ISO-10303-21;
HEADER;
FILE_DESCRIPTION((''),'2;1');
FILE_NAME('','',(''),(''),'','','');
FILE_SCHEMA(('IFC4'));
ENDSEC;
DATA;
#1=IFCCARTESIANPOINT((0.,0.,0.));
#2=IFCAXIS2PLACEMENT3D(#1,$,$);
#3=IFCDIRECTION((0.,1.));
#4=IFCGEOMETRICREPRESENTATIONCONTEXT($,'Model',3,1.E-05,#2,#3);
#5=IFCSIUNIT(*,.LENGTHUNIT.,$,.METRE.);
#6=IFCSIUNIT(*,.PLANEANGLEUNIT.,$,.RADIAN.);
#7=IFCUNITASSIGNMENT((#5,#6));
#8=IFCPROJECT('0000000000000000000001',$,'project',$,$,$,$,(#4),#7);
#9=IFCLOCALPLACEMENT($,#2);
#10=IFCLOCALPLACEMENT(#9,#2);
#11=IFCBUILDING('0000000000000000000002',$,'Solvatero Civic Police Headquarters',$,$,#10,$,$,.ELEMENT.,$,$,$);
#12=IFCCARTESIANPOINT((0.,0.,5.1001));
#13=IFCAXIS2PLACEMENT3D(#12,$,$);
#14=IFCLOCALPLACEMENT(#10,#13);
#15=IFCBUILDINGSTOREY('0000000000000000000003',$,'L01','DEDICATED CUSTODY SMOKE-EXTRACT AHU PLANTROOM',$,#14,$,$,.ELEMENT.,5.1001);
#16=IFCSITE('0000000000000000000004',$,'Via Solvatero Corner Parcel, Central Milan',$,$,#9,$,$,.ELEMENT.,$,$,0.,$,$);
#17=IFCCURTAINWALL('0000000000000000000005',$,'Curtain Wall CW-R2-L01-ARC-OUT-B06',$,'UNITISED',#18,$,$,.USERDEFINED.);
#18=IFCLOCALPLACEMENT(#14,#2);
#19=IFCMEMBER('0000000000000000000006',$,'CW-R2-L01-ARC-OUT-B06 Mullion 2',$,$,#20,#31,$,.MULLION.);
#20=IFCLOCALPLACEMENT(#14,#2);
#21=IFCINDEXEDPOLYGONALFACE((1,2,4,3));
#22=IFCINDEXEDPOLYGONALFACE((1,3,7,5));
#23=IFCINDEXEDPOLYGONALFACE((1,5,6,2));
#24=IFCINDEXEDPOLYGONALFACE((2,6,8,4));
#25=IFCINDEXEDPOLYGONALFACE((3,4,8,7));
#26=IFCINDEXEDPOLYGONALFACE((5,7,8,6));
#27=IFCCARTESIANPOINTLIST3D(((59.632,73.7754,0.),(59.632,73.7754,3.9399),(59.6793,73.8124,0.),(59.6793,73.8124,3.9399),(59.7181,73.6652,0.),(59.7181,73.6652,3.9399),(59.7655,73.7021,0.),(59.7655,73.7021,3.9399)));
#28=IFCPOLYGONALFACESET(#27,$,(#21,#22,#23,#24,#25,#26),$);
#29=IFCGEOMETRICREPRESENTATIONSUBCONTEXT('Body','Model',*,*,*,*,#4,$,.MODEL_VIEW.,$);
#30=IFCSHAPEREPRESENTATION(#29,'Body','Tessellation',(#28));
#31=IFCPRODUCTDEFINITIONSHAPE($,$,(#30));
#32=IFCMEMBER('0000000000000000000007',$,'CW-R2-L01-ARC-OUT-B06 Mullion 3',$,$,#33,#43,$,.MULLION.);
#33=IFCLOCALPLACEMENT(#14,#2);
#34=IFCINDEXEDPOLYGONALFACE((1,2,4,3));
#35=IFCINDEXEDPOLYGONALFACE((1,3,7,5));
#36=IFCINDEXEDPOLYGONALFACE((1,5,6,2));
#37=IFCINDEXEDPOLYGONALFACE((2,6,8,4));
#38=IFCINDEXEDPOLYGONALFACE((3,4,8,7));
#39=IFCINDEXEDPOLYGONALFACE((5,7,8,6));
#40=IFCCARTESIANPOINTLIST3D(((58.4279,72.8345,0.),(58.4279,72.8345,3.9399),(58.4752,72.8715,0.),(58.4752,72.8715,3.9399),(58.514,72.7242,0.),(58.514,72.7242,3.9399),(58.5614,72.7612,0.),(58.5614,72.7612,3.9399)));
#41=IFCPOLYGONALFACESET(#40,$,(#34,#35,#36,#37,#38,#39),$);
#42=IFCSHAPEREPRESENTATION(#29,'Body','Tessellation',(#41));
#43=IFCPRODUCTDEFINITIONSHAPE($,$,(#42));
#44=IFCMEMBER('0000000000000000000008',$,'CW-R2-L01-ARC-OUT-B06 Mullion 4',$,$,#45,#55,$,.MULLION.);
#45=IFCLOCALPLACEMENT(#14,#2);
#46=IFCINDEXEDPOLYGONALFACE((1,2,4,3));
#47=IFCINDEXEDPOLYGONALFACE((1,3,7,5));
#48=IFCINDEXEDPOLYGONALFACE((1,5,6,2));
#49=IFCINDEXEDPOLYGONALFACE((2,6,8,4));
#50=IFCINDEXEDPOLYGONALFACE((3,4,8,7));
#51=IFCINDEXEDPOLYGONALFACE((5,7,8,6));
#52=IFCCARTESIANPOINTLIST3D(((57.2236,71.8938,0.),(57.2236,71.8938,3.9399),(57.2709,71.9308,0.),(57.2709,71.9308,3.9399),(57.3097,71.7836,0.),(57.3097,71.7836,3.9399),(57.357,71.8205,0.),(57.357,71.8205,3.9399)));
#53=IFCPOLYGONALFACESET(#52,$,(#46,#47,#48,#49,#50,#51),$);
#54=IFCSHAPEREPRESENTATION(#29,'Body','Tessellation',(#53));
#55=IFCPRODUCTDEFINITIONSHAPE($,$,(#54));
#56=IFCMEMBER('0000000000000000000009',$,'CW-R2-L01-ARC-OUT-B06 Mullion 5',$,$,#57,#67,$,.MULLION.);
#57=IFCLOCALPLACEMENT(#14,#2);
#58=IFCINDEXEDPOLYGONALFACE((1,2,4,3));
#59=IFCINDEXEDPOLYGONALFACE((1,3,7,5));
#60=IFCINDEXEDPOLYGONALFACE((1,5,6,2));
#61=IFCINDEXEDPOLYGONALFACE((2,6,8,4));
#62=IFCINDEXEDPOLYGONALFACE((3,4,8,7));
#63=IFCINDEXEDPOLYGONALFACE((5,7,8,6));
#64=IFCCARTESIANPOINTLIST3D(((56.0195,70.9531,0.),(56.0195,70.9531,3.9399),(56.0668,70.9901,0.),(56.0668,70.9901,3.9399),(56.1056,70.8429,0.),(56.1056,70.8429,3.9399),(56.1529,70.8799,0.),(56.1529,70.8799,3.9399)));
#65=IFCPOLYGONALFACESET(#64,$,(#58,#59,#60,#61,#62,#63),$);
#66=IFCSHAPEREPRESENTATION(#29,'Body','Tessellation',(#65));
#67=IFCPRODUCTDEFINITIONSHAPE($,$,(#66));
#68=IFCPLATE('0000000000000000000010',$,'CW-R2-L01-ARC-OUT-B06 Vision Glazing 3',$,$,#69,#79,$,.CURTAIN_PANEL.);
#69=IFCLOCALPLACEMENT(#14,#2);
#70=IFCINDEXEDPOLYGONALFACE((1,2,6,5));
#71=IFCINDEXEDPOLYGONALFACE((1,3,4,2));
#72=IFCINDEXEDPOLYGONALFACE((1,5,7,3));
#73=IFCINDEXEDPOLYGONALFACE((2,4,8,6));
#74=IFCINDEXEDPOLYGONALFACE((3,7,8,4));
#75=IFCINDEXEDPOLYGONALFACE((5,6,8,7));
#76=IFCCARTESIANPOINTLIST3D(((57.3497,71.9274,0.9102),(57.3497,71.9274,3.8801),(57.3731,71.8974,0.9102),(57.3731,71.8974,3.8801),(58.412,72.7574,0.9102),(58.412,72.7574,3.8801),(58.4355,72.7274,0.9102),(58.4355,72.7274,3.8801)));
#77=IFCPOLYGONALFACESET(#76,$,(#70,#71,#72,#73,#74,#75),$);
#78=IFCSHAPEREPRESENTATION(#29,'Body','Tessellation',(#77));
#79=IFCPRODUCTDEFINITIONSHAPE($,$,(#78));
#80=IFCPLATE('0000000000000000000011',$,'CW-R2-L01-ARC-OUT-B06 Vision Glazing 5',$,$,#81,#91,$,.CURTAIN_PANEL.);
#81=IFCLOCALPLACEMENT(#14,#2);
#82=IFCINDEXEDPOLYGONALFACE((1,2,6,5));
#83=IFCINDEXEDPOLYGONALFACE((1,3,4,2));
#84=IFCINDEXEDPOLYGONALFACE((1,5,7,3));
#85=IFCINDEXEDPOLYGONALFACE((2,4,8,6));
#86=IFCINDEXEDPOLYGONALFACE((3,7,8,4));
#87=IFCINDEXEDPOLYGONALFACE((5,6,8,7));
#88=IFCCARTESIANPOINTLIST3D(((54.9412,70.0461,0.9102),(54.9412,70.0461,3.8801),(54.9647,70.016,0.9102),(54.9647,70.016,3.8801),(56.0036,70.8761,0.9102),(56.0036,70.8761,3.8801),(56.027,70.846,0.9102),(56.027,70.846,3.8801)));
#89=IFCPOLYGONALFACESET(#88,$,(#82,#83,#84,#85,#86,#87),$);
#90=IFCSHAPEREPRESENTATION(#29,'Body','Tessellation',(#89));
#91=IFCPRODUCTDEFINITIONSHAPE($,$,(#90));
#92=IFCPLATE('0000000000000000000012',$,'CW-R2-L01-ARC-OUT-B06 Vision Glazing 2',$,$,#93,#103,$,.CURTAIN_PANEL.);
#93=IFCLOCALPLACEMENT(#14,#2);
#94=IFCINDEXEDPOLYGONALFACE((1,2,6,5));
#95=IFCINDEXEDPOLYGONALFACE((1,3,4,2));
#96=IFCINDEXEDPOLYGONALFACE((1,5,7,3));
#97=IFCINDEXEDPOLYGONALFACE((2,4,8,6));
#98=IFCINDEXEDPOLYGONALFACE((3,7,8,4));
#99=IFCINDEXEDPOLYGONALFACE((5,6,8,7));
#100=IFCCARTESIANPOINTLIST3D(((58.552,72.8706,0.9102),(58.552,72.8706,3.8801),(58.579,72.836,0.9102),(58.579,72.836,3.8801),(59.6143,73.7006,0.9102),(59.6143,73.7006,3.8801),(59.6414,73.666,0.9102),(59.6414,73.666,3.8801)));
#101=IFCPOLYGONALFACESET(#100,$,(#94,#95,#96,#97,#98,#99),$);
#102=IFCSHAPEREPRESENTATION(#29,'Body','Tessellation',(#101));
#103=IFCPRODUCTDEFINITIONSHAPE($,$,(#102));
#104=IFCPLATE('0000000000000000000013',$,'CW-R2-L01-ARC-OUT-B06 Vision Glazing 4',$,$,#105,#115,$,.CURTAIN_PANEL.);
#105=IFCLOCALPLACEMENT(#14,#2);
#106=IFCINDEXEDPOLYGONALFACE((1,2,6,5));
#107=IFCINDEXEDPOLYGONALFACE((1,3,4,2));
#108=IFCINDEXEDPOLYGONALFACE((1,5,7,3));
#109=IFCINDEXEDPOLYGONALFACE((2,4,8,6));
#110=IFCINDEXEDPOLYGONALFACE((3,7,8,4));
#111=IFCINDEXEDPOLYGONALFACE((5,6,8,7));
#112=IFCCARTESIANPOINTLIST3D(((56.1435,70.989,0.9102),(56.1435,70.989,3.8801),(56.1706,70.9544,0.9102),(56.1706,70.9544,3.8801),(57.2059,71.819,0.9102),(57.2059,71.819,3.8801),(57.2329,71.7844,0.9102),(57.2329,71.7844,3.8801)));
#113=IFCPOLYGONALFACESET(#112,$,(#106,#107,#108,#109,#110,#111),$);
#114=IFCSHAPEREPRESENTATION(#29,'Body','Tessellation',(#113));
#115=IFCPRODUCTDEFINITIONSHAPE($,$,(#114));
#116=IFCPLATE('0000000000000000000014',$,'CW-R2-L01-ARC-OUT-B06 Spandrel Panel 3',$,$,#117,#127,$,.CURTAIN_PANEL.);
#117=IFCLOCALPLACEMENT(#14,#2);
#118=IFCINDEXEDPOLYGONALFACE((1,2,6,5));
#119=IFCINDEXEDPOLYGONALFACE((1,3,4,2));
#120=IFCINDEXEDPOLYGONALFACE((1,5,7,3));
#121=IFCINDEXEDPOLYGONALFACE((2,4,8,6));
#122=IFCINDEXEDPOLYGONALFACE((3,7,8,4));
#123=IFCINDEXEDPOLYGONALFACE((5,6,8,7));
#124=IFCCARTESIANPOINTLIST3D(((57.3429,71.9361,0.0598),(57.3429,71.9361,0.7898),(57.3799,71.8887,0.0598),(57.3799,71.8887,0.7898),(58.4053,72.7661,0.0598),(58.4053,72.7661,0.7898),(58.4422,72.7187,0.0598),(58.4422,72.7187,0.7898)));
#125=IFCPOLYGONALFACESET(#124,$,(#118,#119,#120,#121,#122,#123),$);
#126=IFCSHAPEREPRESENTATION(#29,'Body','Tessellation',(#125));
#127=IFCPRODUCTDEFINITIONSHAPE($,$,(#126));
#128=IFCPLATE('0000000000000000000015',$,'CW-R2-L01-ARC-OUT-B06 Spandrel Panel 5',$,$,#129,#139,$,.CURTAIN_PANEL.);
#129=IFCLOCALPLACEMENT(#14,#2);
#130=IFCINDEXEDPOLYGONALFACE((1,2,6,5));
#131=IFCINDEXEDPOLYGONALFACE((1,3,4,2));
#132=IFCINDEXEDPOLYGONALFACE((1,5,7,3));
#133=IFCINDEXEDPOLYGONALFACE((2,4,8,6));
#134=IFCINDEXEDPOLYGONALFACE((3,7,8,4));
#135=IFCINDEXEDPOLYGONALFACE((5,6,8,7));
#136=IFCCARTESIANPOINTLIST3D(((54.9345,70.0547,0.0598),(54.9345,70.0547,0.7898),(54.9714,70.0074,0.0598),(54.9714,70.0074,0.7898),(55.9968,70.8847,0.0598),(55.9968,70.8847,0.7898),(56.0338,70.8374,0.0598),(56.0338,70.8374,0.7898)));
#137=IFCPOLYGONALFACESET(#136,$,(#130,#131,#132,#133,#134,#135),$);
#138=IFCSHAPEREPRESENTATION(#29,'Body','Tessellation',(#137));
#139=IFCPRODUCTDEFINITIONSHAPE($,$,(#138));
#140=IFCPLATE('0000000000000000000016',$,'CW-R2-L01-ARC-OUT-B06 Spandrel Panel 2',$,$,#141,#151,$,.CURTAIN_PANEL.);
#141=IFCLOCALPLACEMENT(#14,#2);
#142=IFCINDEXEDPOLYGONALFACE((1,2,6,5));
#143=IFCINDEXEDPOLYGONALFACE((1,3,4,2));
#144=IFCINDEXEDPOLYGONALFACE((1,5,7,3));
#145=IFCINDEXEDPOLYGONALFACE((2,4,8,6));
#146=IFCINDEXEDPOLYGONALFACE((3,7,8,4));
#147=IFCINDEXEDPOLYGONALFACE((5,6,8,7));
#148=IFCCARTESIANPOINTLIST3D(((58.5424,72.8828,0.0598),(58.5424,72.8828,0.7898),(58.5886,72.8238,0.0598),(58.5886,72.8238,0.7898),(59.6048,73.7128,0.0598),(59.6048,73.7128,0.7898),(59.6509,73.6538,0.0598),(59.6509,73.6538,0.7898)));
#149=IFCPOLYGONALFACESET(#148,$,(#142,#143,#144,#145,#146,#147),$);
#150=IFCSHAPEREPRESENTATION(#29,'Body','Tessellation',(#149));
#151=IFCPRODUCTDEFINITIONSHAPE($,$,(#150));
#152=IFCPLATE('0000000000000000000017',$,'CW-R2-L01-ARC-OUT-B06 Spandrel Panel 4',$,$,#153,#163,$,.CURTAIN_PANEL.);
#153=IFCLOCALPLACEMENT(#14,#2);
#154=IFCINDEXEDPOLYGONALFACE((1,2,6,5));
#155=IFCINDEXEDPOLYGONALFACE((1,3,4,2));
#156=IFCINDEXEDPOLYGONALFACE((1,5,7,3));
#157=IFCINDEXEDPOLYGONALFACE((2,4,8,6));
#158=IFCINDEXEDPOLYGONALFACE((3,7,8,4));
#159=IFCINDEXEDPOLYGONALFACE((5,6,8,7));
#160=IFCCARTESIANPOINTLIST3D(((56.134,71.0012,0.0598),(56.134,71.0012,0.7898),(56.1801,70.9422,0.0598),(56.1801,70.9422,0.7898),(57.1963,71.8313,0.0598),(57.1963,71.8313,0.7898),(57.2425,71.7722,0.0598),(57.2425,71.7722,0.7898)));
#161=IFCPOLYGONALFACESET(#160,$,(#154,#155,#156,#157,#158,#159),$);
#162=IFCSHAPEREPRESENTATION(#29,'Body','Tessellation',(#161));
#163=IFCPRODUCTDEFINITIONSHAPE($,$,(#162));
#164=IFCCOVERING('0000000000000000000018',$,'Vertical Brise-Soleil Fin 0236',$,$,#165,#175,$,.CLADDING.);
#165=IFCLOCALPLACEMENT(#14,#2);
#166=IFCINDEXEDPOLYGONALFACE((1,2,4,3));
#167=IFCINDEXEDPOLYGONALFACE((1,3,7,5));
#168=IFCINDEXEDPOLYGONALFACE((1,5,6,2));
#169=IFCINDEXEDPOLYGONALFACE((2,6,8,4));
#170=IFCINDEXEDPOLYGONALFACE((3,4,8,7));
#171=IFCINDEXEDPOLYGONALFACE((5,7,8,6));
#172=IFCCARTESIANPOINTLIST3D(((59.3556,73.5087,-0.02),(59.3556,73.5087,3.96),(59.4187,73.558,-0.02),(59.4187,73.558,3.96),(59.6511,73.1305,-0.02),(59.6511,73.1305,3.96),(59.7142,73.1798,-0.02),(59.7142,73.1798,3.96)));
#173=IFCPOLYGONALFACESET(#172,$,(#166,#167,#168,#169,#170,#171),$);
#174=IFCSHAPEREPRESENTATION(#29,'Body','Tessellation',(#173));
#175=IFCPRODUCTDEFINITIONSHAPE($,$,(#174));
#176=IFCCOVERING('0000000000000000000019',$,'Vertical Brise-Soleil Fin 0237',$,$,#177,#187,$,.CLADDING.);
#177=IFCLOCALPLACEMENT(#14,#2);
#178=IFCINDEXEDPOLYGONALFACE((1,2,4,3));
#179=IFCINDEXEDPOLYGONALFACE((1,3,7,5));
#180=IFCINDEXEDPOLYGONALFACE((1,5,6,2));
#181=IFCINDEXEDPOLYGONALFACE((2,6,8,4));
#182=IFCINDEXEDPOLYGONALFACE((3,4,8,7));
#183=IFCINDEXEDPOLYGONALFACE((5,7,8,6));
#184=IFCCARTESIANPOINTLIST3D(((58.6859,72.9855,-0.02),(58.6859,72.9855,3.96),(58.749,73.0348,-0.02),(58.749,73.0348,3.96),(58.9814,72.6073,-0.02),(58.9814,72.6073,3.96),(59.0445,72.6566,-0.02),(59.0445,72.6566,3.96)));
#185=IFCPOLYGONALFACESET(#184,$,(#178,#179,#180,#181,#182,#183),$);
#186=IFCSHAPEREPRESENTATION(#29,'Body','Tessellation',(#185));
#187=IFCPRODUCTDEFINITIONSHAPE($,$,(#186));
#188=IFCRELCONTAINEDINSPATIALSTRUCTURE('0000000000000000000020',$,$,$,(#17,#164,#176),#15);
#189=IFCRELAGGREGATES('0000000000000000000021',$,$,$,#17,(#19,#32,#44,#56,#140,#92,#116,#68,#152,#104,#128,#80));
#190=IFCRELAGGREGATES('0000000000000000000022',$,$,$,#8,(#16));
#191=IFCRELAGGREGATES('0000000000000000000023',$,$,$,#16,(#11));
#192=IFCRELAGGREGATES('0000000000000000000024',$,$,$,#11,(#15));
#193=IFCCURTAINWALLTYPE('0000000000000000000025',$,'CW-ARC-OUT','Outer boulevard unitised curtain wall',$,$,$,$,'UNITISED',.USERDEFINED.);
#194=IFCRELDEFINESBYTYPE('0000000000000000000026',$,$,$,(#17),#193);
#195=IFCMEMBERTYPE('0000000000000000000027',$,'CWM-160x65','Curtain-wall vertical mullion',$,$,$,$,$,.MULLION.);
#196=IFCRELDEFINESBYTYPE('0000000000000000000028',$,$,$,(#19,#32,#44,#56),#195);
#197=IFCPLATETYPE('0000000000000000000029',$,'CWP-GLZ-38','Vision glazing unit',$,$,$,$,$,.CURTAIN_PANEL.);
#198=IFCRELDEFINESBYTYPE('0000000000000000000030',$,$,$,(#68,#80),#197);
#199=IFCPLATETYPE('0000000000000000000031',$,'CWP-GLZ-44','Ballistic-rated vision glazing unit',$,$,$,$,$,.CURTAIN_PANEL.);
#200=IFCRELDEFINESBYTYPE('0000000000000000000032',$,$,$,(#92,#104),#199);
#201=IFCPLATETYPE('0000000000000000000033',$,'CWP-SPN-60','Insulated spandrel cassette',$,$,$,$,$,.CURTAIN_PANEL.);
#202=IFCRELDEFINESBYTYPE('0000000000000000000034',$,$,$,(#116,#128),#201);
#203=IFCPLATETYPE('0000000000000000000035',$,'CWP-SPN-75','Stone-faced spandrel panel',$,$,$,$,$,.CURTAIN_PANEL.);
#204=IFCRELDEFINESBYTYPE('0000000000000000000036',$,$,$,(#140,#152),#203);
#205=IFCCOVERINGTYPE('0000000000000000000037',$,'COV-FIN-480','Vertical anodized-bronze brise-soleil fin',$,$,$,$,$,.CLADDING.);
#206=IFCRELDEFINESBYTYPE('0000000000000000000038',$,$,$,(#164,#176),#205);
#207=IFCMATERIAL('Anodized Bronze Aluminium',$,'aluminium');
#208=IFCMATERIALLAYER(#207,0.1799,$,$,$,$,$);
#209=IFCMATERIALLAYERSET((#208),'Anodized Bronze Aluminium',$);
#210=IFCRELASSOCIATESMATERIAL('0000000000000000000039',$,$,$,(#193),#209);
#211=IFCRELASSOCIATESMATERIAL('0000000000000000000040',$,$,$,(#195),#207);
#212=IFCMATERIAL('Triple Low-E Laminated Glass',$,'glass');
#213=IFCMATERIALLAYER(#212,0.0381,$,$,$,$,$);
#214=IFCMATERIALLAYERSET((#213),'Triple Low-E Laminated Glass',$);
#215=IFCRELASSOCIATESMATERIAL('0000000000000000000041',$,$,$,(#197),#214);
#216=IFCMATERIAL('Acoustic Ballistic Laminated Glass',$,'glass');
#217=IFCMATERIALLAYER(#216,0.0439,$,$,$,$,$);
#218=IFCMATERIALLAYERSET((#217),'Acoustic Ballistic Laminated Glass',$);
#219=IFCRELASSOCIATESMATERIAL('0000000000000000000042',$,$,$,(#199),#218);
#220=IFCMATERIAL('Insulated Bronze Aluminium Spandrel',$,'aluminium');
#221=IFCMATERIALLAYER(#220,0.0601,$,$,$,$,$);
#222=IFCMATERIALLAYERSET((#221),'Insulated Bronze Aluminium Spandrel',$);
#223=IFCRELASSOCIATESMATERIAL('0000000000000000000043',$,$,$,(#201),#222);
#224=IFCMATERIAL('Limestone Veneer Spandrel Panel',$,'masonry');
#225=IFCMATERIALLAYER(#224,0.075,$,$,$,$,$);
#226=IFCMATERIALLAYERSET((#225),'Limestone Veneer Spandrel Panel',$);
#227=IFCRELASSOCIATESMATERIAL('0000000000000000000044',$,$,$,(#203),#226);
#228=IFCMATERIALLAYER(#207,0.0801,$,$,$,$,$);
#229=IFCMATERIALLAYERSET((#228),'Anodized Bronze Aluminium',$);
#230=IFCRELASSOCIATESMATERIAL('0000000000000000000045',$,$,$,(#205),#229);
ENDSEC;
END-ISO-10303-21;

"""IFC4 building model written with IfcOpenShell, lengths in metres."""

from ifc_helpers import new_model, si_unit, direction, frame, origin, origin_2d, place, context, subcontext, project, spatial, rectangle, extrude, material, layer, layer_set, material_profile, profile_set, type_object, element, aggregate, save


model = new_model("IFC4")

# Units and contexts
model_context = context("Model", 3, precision=1e-05, world=origin(), true_north=direction((0.0, 1.0)))
body_context = subcontext(model_context, "Body", "Model", "MODEL_VIEW")
ifc_project = project(units=[si_unit("LENGTHUNIT", "METRE"), si_unit("PLANEANGLEUNIT", "RADIAN")], contexts=[model_context])

# Site, building, storey
site_placement = place(None, origin())
site = spatial("IfcSite", under=ifc_project, at=site_placement, Name="Via Solvatero Corner Parcel, Central Milan", CompositionType="ELEMENT", RefElevation=0.0)
building_placement = place(site_placement, origin())
building = spatial("IfcBuilding", under=site, at=building_placement, Name="Solvatero Civic Police Headquarters", CompositionType="ELEMENT")
storey_placement = place(building_placement, frame((0.0, 0.0, 5.1001)))
storey = spatial("IfcBuildingStorey", under=building, at=storey_placement, Name="L01", Description="DEDICATED CUSTODY SMOKE-EXTRACT AHU PLANTROOM", CompositionType="ELEMENT", Elevation=5.1001)

# Curtain wall, members, plates
ifc_material_1 = material(Name="Anodized Bronze Aluminium", Category="aluminium")
ifc_layer_1 = layer(ifc_material_1, 0.1799)
ifc_layer_set_1 = layer_set([ifc_layer_1], Name="Anodized Bronze Aluminium")
curtain_wall_type = type_object("IfcCurtainWallType", Name="CW-ARC-OUT", Description="Outer boulevard unitised curtain wall", ElementType="UNITISED", PredefinedType="USERDEFINED", material=ifc_layer_set_1)
curtain_wall_placement = place(storey_placement, origin())
curtain_wall = element("IfcCurtainWall", 1, at=curtain_wall_placement, inside=storey, type_object=curtain_wall_type, Name="Curtain Wall CW-R2-L01-ARC-OUT-B06", ObjectType="UNITISED", PredefinedType="USERDEFINED")
ifc_material_profile = material_profile(ifc_material_1, rectangle(XDim=0.0601, YDim=0.1399, at=origin_2d()), Name="ALU MULLION 60x140")
ifc_profile_set = profile_set([ifc_material_profile], Name="Anodized Bronze Aluminium")
member_type = type_object("IfcMemberType", Name="CWM-160x65", Description="Curtain-wall vertical mullion", PredefinedType="MULLION", material=ifc_profile_set)
member_1_placement = place(storey_placement, frame((59.6987, 73.7388, 0.0), z_axis=(0.0, 0.0, 1.0), x_axis=(-0.788011, -0.615661, 0.0)))
member_1 = element("IfcMember", 2, at=member_1_placement, type_object=member_type, Name="CW-R2-L01-ARC-OUT-B06 Mullion 2", PredefinedType="MULLION", context=body_context, shape_type="SweptSolid", body=[
    extrude(rectangle(XDim=0.0601, YDim=0.1399, at=origin_2d()), origin(), (0.0, 0.0, 1.0), 3.9399),
])
member_2_placement = place(storey_placement, frame((58.4946, 72.7979, 0.0), z_axis=(0.0, 0.0, 1.0), x_axis=(-0.788011, -0.615661, 0.0)))
member_2 = element("IfcMember", 3, at=member_2_placement, type_object=member_type, Name="CW-R2-L01-ARC-OUT-B06 Mullion 3", PredefinedType="MULLION", context=body_context, shape_type="SweptSolid", body=[
    extrude(rectangle(XDim=0.0601, YDim=0.1399, at=origin_2d()), origin(), (0.0, 0.0, 1.0), 3.9399),
])
member_3_placement = place(storey_placement, frame((57.2903, 71.8572, 0.0), z_axis=(0.0, 0.0, 1.0), x_axis=(-0.788011, -0.615661, 0.0)))
member_3 = element("IfcMember", 4, at=member_3_placement, type_object=member_type, Name="CW-R2-L01-ARC-OUT-B06 Mullion 4", PredefinedType="MULLION", context=body_context, shape_type="SweptSolid", body=[
    extrude(rectangle(XDim=0.0601, YDim=0.1399, at=origin_2d()), origin(), (0.0, 0.0, 1.0), 3.9399),
])
member_4_placement = place(storey_placement, frame((56.0862, 70.9165, 0.0), z_axis=(0.0, 0.0, 1.0), x_axis=(-0.788011, -0.615661, 0.0)))
member_4 = element("IfcMember", 5, at=member_4_placement, type_object=member_type, Name="CW-R2-L01-ARC-OUT-B06 Mullion 5", PredefinedType="MULLION", context=body_context, shape_type="SweptSolid", body=[
    extrude(rectangle(XDim=0.0601, YDim=0.1399, at=origin_2d()), origin(), (0.0, 0.0, 1.0), 3.9399),
])
ifc_material_2 = material(Name="Triple Low-E Laminated Glass", Category="glass")
ifc_layer_2 = layer(ifc_material_2, 0.0381)
ifc_layer_set_2 = layer_set([ifc_layer_2], Name="Triple Low-E Laminated Glass")
plate_type_1 = type_object("IfcPlateType", Name="CWP-GLZ-38", Description="Vision glazing unit", PredefinedType="CURTAIN_PANEL", material=ifc_layer_set_2)
plate_1_placement = place(storey_placement, frame((57.8926, 72.3274, 0.9102), z_axis=(0.0, 0.0, 1.0), x_axis=(-0.788011, -0.615661, 0.0)))
plate_1 = element("IfcPlate", 6, at=plate_1_placement, type_object=plate_type_1, Name="CW-R2-L01-ARC-OUT-B06 Vision Glazing 3", PredefinedType="CURTAIN_PANEL", context=body_context, shape_type="SweptSolid", body=[
    extrude(rectangle(XDim=1.3481, YDim=0.0381, at=origin_2d()), origin(), (0.0, 0.0, 1.0), 2.97),
])
plate_2_placement = place(storey_placement, frame((55.4841, 70.446, 0.9102), z_axis=(0.0, 0.0, 1.0), x_axis=(-0.788011, -0.615661, 0.0)))
plate_2 = element("IfcPlate", 7, at=plate_2_placement, type_object=plate_type_1, Name="CW-R2-L01-ARC-OUT-B06 Vision Glazing 5", PredefinedType="CURTAIN_PANEL", context=body_context, shape_type="SweptSolid", body=[
    extrude(rectangle(XDim=1.3481, YDim=0.0381, at=origin_2d()), origin(), (0.0, 0.0, 1.0), 2.97),
])
ifc_material_3 = material(Name="Acoustic Ballistic Laminated Glass", Category="glass")
ifc_layer_3 = layer(ifc_material_3, 0.0439)
ifc_layer_set_3 = layer_set([ifc_layer_3], Name="Acoustic Ballistic Laminated Glass")
plate_type_2 = type_object("IfcPlateType", Name="CWP-GLZ-44", Description="Ballistic-rated vision glazing unit", PredefinedType="CURTAIN_PANEL", material=ifc_layer_set_3)
plate_3_placement = place(storey_placement, frame((59.0967, 73.2683, 0.9102), z_axis=(0.0, 0.0, 1.0), x_axis=(-0.788011, -0.615661, 0.0)))
plate_3 = element("IfcPlate", 8, at=plate_3_placement, type_object=plate_type_2, Name="CW-R2-L01-ARC-OUT-B06 Vision Glazing 2", PredefinedType="CURTAIN_PANEL", context=body_context, shape_type="SweptSolid", body=[
    extrude(rectangle(XDim=1.3481, YDim=0.0439, at=origin_2d()), origin(), (0.0, 0.0, 1.0), 2.97),
])
plate_4_placement = place(storey_placement, frame((56.6882, 71.3867, 0.9102), z_axis=(0.0, 0.0, 1.0), x_axis=(-0.788011, -0.615661, 0.0)))
plate_4 = element("IfcPlate", 9, at=plate_4_placement, type_object=plate_type_2, Name="CW-R2-L01-ARC-OUT-B06 Vision Glazing 4", PredefinedType="CURTAIN_PANEL", context=body_context, shape_type="SweptSolid", body=[
    extrude(rectangle(XDim=1.3481, YDim=0.0439, at=origin_2d()), origin(), (0.0, 0.0, 1.0), 2.97),
])
ifc_material_4 = material(Name="Insulated Bronze Aluminium Spandrel", Category="aluminium")
ifc_layer_4 = layer(ifc_material_4, 0.0601)
ifc_layer_set_4 = layer_set([ifc_layer_4], Name="Insulated Bronze Aluminium Spandrel")
plate_type_3 = type_object("IfcPlateType", Name="CWP-SPN-60", Description="Insulated spandrel cassette", PredefinedType="CURTAIN_PANEL", material=ifc_layer_set_4)
plate_5_placement = place(storey_placement, frame((57.8926, 72.3274, 0.0598), z_axis=(0.0, 0.0, 1.0), x_axis=(-0.788011, -0.615661, 0.0)))
plate_5 = element("IfcPlate", 10, at=plate_5_placement, type_object=plate_type_3, Name="CW-R2-L01-ARC-OUT-B06 Spandrel Panel 3", PredefinedType="CURTAIN_PANEL", context=body_context, shape_type="SweptSolid", body=[
    extrude(rectangle(XDim=1.3481, YDim=0.0601, at=origin_2d()), origin(), (0.0, 0.0, 1.0), 0.73),
])
plate_6_placement = place(storey_placement, frame((55.4841, 70.446, 0.0598), z_axis=(0.0, 0.0, 1.0), x_axis=(-0.788011, -0.615661, 0.0)))
plate_6 = element("IfcPlate", 11, at=plate_6_placement, type_object=plate_type_3, Name="CW-R2-L01-ARC-OUT-B06 Spandrel Panel 5", PredefinedType="CURTAIN_PANEL", context=body_context, shape_type="SweptSolid", body=[
    extrude(rectangle(XDim=1.3481, YDim=0.0601, at=origin_2d()), origin(), (0.0, 0.0, 1.0), 0.73),
])
ifc_material_5 = material(Name="Limestone Veneer Spandrel Panel", Category="masonry")
ifc_layer_5 = layer(ifc_material_5, 0.075)
ifc_layer_set_5 = layer_set([ifc_layer_5], Name="Limestone Veneer Spandrel Panel")
plate_type_4 = type_object("IfcPlateType", Name="CWP-SPN-75", Description="Stone-faced spandrel panel", PredefinedType="CURTAIN_PANEL", material=ifc_layer_set_5)
plate_7_placement = place(storey_placement, frame((59.0967, 73.2683, 0.0598), z_axis=(0.0, 0.0, 1.0), x_axis=(-0.788011, -0.615661, 0.0)))
plate_7 = element("IfcPlate", 12, at=plate_7_placement, type_object=plate_type_4, Name="CW-R2-L01-ARC-OUT-B06 Spandrel Panel 2", PredefinedType="CURTAIN_PANEL", context=body_context, shape_type="SweptSolid", body=[
    extrude(rectangle(XDim=1.3481, YDim=0.075, at=origin_2d()), origin(), (0.0, 0.0, 1.0), 0.73),
])
plate_8_placement = place(storey_placement, frame((56.6882, 71.3867, 0.0598), z_axis=(0.0, 0.0, 1.0), x_axis=(-0.788011, -0.615661, 0.0)))
plate_8 = element("IfcPlate", 13, at=plate_8_placement, type_object=plate_type_4, Name="CW-R2-L01-ARC-OUT-B06 Spandrel Panel 4", PredefinedType="CURTAIN_PANEL", context=body_context, shape_type="SweptSolid", body=[
    extrude(rectangle(XDim=1.3481, YDim=0.075, at=origin_2d()), origin(), (0.0, 0.0, 1.0), 0.73),
])
aggregate(curtain_wall, [member_1, member_2, member_3, member_4, plate_7, plate_3, plate_5, plate_1, plate_8, plate_4, plate_6, plate_2])

# Coverings
ifc_layer_6 = layer(ifc_material_1, 0.0801)
ifc_layer_set_6 = layer_set([ifc_layer_6], Name="Anodized Bronze Aluminium")
covering_type = type_object("IfcCoveringType", Name="COV-FIN-480", Description="Vertical anodized-bronze brise-soleil fin", PredefinedType="CLADDING", material=ifc_layer_set_6)
for number, where, z_axis, x_axis, name in (
    (14, (59.5349, 73.3442, -0.02), (0.0, 0.0, 1.0), (-0.788011, -0.615661, 0.0), "Vertical Brise-Soleil Fin 0236"),
    (15, (58.8652, 72.821, -0.02), (0.0, 0.0, 1.0), (-0.788011, -0.615661, 0.0), "Vertical Brise-Soleil Fin 0237"),
):
    element("IfcCovering", number, at=place(storey_placement, frame(where, z_axis=z_axis, x_axis=x_axis)), inside=storey, type_object=covering_type, Name=name, PredefinedType="CLADDING", context=body_context, shape_type="SweptSolid", body=[
        extrude(rectangle(XDim=0.0801, YDim=0.48, at=origin_2d()), origin(), (0.0, 0.0, 1.0), 3.98),
    ])

save(model, "model.ifc")
